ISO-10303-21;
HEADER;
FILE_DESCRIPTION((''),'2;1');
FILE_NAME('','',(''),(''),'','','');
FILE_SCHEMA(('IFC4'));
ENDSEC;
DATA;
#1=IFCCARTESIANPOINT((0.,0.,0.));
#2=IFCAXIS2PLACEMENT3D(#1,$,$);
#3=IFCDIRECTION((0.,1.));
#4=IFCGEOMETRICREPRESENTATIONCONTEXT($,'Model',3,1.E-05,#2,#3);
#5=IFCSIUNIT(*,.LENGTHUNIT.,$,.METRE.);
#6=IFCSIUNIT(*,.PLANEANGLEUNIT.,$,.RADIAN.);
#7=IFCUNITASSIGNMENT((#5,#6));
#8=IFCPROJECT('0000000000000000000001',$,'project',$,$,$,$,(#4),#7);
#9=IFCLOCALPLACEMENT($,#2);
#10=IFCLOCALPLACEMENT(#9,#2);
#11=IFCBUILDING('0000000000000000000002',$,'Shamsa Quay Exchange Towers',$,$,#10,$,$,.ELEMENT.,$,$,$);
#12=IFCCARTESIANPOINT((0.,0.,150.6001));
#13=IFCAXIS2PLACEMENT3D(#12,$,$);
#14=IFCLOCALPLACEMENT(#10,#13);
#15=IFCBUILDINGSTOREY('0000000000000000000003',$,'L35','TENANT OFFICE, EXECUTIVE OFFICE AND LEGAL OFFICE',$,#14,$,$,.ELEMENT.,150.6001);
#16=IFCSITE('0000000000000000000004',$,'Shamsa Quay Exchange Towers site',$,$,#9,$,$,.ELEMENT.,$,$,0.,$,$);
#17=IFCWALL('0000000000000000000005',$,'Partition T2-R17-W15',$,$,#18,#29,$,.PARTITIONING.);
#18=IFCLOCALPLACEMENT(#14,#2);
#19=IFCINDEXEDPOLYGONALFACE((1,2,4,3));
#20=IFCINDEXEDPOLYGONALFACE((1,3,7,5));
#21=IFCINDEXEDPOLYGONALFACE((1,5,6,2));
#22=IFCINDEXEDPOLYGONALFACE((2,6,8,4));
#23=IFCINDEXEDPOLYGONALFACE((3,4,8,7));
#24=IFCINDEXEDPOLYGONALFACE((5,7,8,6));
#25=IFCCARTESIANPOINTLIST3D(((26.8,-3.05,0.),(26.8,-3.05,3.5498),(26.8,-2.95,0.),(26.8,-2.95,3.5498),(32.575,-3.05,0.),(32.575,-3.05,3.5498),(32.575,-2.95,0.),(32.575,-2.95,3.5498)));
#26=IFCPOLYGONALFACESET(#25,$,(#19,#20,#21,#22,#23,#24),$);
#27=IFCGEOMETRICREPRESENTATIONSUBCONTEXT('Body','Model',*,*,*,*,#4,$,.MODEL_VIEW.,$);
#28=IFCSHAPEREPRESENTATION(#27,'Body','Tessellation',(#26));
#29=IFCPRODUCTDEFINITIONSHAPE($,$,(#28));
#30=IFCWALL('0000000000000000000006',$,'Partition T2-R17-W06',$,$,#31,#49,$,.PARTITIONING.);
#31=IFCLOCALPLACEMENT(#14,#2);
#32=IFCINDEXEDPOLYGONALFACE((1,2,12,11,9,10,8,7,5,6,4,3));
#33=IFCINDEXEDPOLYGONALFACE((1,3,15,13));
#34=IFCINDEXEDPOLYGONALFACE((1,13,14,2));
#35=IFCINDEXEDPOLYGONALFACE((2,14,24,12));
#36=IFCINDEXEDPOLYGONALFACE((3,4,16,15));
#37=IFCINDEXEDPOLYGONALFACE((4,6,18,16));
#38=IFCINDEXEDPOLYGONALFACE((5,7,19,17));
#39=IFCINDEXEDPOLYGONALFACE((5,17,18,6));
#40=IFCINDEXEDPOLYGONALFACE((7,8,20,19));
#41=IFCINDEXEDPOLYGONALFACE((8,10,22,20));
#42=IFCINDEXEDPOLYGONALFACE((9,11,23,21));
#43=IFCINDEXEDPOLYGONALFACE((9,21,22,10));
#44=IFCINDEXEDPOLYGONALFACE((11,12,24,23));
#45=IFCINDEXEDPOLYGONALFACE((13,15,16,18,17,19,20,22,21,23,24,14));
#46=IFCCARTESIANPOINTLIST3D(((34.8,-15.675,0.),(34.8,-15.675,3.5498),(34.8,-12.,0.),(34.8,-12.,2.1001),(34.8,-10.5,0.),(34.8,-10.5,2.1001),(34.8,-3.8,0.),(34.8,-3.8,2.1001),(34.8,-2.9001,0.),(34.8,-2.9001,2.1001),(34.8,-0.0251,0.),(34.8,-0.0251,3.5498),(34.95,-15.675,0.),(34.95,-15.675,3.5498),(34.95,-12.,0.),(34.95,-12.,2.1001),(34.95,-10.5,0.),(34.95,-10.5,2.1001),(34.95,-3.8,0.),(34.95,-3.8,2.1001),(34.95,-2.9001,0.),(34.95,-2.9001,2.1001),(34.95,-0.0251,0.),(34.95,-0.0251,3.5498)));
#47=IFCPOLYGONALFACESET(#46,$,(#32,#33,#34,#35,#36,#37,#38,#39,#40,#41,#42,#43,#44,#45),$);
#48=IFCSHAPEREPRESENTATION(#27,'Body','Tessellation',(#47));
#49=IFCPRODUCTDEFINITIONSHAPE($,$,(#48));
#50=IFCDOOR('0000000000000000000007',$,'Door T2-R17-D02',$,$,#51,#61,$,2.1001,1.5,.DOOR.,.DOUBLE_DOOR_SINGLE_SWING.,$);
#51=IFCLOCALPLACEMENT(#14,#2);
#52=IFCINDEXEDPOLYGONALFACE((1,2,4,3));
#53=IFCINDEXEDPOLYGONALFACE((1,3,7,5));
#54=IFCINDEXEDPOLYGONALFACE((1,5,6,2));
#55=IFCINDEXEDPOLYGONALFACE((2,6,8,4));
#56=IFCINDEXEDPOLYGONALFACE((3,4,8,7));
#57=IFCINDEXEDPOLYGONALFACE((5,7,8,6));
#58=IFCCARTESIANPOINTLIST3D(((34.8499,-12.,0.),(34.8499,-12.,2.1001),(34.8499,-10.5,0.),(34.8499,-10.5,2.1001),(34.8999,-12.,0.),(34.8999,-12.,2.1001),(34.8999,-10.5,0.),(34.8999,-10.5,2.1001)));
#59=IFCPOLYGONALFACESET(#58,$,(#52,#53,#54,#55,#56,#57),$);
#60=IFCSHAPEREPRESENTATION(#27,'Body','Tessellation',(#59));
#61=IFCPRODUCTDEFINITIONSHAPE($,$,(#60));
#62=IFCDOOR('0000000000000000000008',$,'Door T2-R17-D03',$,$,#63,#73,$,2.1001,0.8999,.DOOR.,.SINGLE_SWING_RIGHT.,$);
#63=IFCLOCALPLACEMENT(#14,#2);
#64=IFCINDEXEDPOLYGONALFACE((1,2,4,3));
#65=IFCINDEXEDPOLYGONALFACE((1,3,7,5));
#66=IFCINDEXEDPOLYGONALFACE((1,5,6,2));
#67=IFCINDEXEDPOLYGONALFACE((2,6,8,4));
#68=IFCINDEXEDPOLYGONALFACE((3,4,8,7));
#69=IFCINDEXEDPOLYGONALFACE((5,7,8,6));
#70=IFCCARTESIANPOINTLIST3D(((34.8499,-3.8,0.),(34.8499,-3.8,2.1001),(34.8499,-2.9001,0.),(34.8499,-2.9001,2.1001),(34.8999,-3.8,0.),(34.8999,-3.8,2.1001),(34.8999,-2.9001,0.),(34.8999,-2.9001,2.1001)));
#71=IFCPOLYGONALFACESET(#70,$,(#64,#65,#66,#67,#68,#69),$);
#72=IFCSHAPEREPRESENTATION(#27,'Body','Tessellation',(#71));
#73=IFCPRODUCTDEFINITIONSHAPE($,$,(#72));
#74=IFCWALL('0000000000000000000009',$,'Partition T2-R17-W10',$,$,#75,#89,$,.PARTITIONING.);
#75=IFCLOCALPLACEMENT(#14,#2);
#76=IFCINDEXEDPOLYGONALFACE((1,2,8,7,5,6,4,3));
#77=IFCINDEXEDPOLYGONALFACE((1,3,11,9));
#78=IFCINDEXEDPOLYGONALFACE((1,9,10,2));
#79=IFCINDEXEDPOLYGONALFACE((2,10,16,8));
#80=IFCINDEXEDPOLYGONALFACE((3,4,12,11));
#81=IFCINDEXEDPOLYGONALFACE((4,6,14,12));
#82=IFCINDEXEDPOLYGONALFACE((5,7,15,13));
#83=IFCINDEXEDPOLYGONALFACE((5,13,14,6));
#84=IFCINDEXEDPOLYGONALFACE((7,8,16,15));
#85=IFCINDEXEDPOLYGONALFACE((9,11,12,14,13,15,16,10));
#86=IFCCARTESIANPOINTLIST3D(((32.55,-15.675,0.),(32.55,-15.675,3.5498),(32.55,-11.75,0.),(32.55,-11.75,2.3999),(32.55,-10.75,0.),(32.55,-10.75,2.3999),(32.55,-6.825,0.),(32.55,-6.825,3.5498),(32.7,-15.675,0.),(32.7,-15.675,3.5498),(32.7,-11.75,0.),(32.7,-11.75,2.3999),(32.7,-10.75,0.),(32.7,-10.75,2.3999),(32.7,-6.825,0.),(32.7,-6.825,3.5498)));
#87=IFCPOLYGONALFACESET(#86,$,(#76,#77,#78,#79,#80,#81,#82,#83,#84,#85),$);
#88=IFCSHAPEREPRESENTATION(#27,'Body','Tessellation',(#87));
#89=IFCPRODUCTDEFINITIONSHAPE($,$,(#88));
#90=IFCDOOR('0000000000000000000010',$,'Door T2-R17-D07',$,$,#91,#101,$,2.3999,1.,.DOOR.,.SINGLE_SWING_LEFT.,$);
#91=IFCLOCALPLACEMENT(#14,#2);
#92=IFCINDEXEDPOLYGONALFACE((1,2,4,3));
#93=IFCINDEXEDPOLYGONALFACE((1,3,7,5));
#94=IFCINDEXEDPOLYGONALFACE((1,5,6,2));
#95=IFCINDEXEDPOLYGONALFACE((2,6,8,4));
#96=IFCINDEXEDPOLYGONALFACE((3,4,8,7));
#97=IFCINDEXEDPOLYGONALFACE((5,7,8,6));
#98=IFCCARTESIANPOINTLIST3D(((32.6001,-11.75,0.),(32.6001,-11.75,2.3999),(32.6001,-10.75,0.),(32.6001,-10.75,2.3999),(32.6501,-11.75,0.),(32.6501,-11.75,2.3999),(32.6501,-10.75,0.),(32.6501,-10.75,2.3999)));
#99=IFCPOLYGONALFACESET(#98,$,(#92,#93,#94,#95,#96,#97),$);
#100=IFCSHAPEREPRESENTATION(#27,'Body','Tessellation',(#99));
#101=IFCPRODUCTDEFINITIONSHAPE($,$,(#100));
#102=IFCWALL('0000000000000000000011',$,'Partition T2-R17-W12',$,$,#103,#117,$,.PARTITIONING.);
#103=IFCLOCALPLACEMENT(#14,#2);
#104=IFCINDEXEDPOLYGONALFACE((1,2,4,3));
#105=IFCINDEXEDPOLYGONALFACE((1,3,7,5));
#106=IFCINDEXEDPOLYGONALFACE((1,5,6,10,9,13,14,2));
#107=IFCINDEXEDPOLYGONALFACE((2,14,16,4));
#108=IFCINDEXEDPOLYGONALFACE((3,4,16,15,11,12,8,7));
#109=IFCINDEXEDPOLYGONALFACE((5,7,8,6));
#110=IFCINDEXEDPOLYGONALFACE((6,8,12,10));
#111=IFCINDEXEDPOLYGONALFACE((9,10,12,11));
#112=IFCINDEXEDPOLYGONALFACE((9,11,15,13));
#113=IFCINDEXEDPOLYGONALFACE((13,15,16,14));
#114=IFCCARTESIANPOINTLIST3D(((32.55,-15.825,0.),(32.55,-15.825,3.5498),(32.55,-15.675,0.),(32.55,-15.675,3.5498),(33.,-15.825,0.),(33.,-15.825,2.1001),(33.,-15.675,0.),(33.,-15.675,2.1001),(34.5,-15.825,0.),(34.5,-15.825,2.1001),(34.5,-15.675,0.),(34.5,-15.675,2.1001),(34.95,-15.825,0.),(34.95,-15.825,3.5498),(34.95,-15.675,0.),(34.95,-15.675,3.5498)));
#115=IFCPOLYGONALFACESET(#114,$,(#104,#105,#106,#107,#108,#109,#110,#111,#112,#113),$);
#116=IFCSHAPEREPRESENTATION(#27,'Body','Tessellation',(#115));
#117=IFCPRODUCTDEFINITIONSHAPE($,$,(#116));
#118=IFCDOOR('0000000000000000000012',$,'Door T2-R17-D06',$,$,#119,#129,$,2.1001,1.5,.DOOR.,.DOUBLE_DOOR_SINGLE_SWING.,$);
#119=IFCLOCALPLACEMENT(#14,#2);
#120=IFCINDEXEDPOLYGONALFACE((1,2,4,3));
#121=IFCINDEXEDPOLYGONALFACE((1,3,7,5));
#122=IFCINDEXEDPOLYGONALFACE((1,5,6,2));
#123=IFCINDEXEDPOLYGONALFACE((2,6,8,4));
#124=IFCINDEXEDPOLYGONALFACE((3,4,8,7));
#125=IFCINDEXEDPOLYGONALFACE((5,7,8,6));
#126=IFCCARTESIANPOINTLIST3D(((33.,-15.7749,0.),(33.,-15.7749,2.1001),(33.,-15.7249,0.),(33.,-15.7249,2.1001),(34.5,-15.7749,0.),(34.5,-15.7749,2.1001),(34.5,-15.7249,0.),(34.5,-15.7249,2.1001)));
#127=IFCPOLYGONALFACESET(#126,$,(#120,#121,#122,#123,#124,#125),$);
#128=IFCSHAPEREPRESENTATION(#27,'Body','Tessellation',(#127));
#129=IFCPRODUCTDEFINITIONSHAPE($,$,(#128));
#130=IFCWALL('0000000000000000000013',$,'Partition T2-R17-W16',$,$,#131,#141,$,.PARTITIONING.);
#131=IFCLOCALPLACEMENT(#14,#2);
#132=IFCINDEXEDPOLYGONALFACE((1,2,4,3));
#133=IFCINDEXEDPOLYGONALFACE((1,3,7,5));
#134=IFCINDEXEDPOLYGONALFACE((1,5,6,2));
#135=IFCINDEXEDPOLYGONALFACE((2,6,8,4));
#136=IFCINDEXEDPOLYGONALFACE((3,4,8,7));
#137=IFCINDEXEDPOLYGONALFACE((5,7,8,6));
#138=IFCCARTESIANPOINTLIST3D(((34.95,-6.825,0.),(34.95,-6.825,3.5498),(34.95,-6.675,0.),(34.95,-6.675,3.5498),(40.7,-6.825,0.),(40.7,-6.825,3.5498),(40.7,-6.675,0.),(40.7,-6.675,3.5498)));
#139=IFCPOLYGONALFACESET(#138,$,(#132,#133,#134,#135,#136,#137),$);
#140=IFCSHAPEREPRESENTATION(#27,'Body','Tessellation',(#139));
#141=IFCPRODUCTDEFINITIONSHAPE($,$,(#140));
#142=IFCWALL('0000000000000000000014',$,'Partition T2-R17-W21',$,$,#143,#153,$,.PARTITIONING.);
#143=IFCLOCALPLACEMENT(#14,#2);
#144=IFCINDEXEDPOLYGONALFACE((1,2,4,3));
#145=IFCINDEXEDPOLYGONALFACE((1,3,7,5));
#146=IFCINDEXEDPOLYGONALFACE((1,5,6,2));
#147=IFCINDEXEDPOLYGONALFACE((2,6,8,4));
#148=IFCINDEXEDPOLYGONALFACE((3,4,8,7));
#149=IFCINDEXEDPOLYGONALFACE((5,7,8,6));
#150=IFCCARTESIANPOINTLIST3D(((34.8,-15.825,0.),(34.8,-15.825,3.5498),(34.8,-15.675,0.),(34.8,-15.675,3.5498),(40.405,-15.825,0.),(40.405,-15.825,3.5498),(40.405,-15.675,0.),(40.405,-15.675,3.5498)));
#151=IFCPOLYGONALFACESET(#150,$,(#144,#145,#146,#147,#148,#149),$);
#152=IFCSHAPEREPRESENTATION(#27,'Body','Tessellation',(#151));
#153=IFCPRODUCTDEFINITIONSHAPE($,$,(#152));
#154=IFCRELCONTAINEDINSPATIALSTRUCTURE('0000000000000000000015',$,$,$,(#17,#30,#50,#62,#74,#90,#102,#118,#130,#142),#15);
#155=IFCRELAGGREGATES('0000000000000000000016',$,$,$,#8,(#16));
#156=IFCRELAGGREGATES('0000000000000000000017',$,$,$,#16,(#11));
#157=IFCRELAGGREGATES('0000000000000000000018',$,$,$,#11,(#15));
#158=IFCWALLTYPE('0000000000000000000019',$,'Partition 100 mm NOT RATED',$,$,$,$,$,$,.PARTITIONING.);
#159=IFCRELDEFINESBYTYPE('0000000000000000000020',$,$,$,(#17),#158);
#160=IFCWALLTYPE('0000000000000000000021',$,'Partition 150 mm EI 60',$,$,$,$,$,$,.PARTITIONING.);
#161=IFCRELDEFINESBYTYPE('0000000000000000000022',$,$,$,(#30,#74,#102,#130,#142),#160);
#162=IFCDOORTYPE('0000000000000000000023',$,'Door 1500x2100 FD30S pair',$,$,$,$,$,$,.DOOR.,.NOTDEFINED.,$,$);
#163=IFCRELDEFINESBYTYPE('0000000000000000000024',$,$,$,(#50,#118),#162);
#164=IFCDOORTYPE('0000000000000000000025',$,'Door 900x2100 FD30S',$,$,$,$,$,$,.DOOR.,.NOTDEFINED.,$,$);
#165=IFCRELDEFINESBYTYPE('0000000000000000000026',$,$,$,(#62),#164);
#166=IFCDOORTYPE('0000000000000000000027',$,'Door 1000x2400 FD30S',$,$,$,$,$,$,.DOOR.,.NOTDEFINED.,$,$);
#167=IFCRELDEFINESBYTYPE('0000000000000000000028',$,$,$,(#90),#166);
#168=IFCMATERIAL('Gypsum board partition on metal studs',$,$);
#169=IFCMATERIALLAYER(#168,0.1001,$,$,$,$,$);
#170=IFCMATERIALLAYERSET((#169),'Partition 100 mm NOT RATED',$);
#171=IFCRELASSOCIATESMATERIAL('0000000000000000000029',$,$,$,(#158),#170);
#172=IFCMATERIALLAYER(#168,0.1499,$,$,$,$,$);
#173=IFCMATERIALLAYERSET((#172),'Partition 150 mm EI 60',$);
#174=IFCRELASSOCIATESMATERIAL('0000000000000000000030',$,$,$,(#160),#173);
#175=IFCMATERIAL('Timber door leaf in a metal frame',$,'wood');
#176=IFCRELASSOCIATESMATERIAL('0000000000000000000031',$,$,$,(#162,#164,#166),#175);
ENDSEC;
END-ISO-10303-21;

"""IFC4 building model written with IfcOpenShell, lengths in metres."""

from ifc_helpers import new_model, si_unit, direction, frame, frame_2d, origin, place, context, subcontext, project, spatial, rectangle, extrude, material, layer, layer_set, type_object, element, fill, save


model = new_model("IFC4")

# Units and contexts
model_context = context("Model", 3, precision=1e-05, world=origin(), true_north=direction((0.0, 1.0)))
body_context = subcontext(model_context, "Body", "Model", "MODEL_VIEW")
ifc_project = project(units=[si_unit("LENGTHUNIT", "METRE"), si_unit("PLANEANGLEUNIT", "RADIAN")], contexts=[model_context])

# Site, building, storey
site_placement = place(None, origin())
site = spatial("IfcSite", under=ifc_project, at=site_placement, Name="Shamsa Quay Exchange Towers site", CompositionType="ELEMENT", RefElevation=0.0)
building_placement = place(site_placement, origin())
building = spatial("IfcBuilding", under=site, at=building_placement, Name="Shamsa Quay Exchange Towers", CompositionType="ELEMENT")
storey_placement = place(building_placement, frame((0.0, 0.0, 150.6001)))
storey = spatial("IfcBuildingStorey", under=building, at=storey_placement, Name="L35", Description="TENANT OFFICE, EXECUTIVE OFFICE AND LEGAL OFFICE", CompositionType="ELEMENT", Elevation=150.6001)

# Shared definitions
ifc_material_1 = material(Name="Gypsum board partition on metal studs")
ifc_layer_1 = layer(ifc_material_1, 0.1001)
ifc_layer_set_1 = layer_set([ifc_layer_1], Name="Partition 100 mm NOT RATED")
wall_type_1 = type_object("IfcWallType", Name="Partition 100 mm NOT RATED", PredefinedType="PARTITIONING", material=ifc_layer_set_1)
ifc_material_2 = material(Name="Timber door leaf in a metal frame", Category="wood")

# Wall
wall_1_placement = place(storey_placement, frame((32.575, -3.0, 0.0), z_axis=(0.0, 0.0, 1.0), x_axis=(-1.0, 0.0, 0.0)))
element("IfcWall", 1, at=wall_1_placement, inside=storey, type_object=wall_type_1, Name="Partition T2-R17-W15", PredefinedType="PARTITIONING", context=body_context, shape_type="SweptSolid", body=[
    extrude(rectangle(XDim=5.7749, YDim=0.1001, at=frame_2d((2.8875, 0.0))), origin(), (0.0, 0.0, 1.0), 3.5498),
])

# Wall, openings, doors
ifc_layer_2 = layer(ifc_material_1, 0.1499)
ifc_layer_set_2 = layer_set([ifc_layer_2], Name="Partition 150 mm EI 60")
wall_type_2 = type_object("IfcWallType", Name="Partition 150 mm EI 60", PredefinedType="PARTITIONING", material=ifc_layer_set_2)
wall_2_placement = place(storey_placement, frame((34.875, -0.0251, 0.0), z_axis=(0.0, 0.0, 1.0), x_axis=(0.0, -1.0, 0.0)))
wall_2 = element("IfcWall", 2, at=wall_2_placement, inside=storey, type_object=wall_type_2, Name="Partition T2-R17-W06", PredefinedType="PARTITIONING", context=body_context, shape_type="SweptSolid", body=[
    extrude(rectangle(XDim=15.6499, YDim=0.1499, at=frame_2d((7.825, 0.0))), origin(), (0.0, 0.0, 1.0), 3.5498),
])
opening_1_placement = place(wall_2_placement, frame((10.4749, 0.0, 0.0)))
opening_1 = element("IfcOpeningElement", 3, at=opening_1_placement, cuts=wall_2, PredefinedType="OPENING", context=body_context, shape_type="SweptSolid", body=[
    extrude(rectangle(XDim=1.5, YDim=2.1001, at=frame_2d((0.75, 1.05))), frame((0.0, 0.085, 0.0), z_axis=(0.0, -1.0, 0.0), x_axis=(1.0, 0.0, 0.0)), (0.0, 0.0, 1.0), 0.1699),
])
opening_2_placement = place(wall_2_placement, frame((2.875, 0.0, 0.0)))
opening_2 = element("IfcOpeningElement", 4, at=opening_2_placement, cuts=wall_2, PredefinedType="OPENING", context=body_context, shape_type="SweptSolid", body=[
    extrude(rectangle(XDim=0.8999, YDim=2.1001, at=frame_2d((0.45, 1.05))), frame((0.0, 0.085, 0.0), z_axis=(0.0, -1.0, 0.0), x_axis=(1.0, 0.0, 0.0)), (0.0, 0.0, 1.0), 0.1699),
])
door_type_1 = type_object("IfcDoorType", Name="Door 1500x2100 FD30S pair", OperationType="NOTDEFINED", PredefinedType="DOOR", material=ifc_material_2)
door_1_placement = place(opening_1_placement, origin())
door_1 = element("IfcDoor", 5, at=door_1_placement, inside=storey, type_object=door_type_1, Name="Door T2-R17-D02", OperationType="DOUBLE_DOOR_SINGLE_SWING", OverallHeight=2.1001, OverallWidth=1.5, PredefinedType="DOOR", context=body_context, shape_type="SweptSolid", body=[
    extrude(rectangle(XDim=1.5, YDim=2.1001, at=frame_2d((0.75, 1.05))), frame((0.0, 0.0249, 0.0), z_axis=(0.0, -1.0, 0.0), x_axis=(1.0, 0.0, 0.0)), (0.0, 0.0, 1.0), 0.05),
])
fill(opening_1, door_1)
door_type_2 = type_object("IfcDoorType", Name="Door 900x2100 FD30S", OperationType="NOTDEFINED", PredefinedType="DOOR", material=ifc_material_2)
door_2_placement = place(opening_2_placement, origin())
door_2 = element("IfcDoor", 6, at=door_2_placement, inside=storey, type_object=door_type_2, Name="Door T2-R17-D03", OperationType="SINGLE_SWING_RIGHT", OverallHeight=2.1001, OverallWidth=0.8999, PredefinedType="DOOR", context=body_context, shape_type="SweptSolid", body=[
    extrude(rectangle(XDim=0.8999, YDim=2.1001, at=frame_2d((0.45, 1.05))), frame((0.0, 0.0249, 0.0), z_axis=(0.0, -1.0, 0.0), x_axis=(1.0, 0.0, 0.0)), (0.0, 0.0, 1.0), 0.05),
])
fill(opening_2, door_2)

# Walls, openings, doors
wall_3_placement = place(storey_placement, frame((32.625, -15.675, 0.0), z_axis=(0.0, 0.0, 1.0), x_axis=(0.0, 1.0, 0.0)))
wall_3 = element("IfcWall", 7, at=wall_3_placement, inside=storey, type_object=wall_type_2, Name="Partition T2-R17-W10", PredefinedType="PARTITIONING", context=body_context, shape_type="SweptSolid", body=[
    extrude(rectangle(XDim=8.8501, YDim=0.1499, at=frame_2d((4.425, 0.0))), origin(), (0.0, 0.0, 1.0), 3.5498),
])
opening_3_placement = place(wall_3_placement, frame((3.925, 0.0, 0.0)))
opening_3 = element("IfcOpeningElement", 8, at=opening_3_placement, cuts=wall_3, PredefinedType="OPENING", context=body_context, shape_type="SweptSolid", body=[
    extrude(rectangle(XDim=1.0, YDim=2.3999, at=frame_2d((0.5, 1.2))), frame((0.0, 0.085, 0.0), z_axis=(0.0, -1.0, 0.0), x_axis=(1.0, 0.0, 0.0)), (0.0, 0.0, 1.0), 0.1699),
])
door_type_3 = type_object("IfcDoorType", Name="Door 1000x2400 FD30S", OperationType="NOTDEFINED", PredefinedType="DOOR", material=ifc_material_2)
door_3_placement = place(opening_3_placement, origin())
door_3 = element("IfcDoor", 9, at=door_3_placement, inside=storey, type_object=door_type_3, Name="Door T2-R17-D07", OperationType="SINGLE_SWING_LEFT", OverallHeight=2.3999, OverallWidth=1.0, PredefinedType="DOOR", context=body_context, shape_type="SweptSolid", body=[
    extrude(rectangle(XDim=1.0, YDim=2.3999, at=frame_2d((0.5, 1.2))), frame((0.0, 0.0249, 0.0), z_axis=(0.0, -1.0, 0.0), x_axis=(1.0, 0.0, 0.0)), (0.0, 0.0, 1.0), 0.05),
])
fill(opening_3, door_3)
wall_4_placement = place(storey_placement, frame((34.95, -15.75, 0.0), z_axis=(0.0, 0.0, 1.0), x_axis=(-1.0, 0.0, 0.0)))
wall_4 = element("IfcWall", 10, at=wall_4_placement, inside=storey, type_object=wall_type_2, Name="Partition T2-R17-W12", PredefinedType="PARTITIONING", context=body_context, shape_type="SweptSolid", body=[
    extrude(rectangle(XDim=2.3999, YDim=0.1499, at=frame_2d((1.2, 0.0))), origin(), (0.0, 0.0, 1.0), 3.5498),
])
opening_4_placement = place(wall_4_placement, frame((0.45, 0.0, 0.0)))
opening_4 = element("IfcOpeningElement", 11, at=opening_4_placement, cuts=wall_4, PredefinedType="OPENING", context=body_context, shape_type="SweptSolid", body=[
    extrude(rectangle(XDim=1.5, YDim=2.1001, at=frame_2d((0.75, 1.05))), frame((0.0, 0.085, 0.0), z_axis=(0.0, -1.0, 0.0), x_axis=(1.0, 0.0, 0.0)), (0.0, 0.0, 1.0), 0.1699),
])
door_4_placement = place(opening_4_placement, origin())
door_4 = element("IfcDoor", 12, at=door_4_placement, inside=storey, type_object=door_type_1, Name="Door T2-R17-D06", OperationType="DOUBLE_DOOR_SINGLE_SWING", OverallHeight=2.1001, OverallWidth=1.5, PredefinedType="DOOR", context=body_context, shape_type="SweptSolid", body=[
    extrude(rectangle(XDim=1.5, YDim=2.1001, at=frame_2d((0.75, 1.05))), frame((0.0, 0.0249, 0.0), z_axis=(0.0, -1.0, 0.0), x_axis=(1.0, 0.0, 0.0)), (0.0, 0.0, 1.0), 0.05),
])
fill(opening_4, door_4)

# Walls
wall_5_placement = place(storey_placement, frame((34.95, -6.75, 0.0)))
element("IfcWall", 13, at=wall_5_placement, inside=storey, type_object=wall_type_2, Name="Partition T2-R17-W16", PredefinedType="PARTITIONING", context=body_context, shape_type="SweptSolid", body=[
    extrude(rectangle(XDim=5.75, YDim=0.1499, at=frame_2d((2.875, 0.0))), origin(), (0.0, 0.0, 1.0), 3.5498),
])
wall_6_placement = place(storey_placement, frame((34.8, -15.75, 0.0)))
element("IfcWall", 14, at=wall_6_placement, inside=storey, type_object=wall_type_2, Name="Partition T2-R17-W21", PredefinedType="PARTITIONING", context=body_context, shape_type="SweptSolid", body=[
    extrude(rectangle(XDim=5.605, YDim=0.1499, at=frame_2d((2.8025, 0.0))), origin(), (0.0, 0.0, 1.0), 3.5498),
])

save(model, "model.ifc")
